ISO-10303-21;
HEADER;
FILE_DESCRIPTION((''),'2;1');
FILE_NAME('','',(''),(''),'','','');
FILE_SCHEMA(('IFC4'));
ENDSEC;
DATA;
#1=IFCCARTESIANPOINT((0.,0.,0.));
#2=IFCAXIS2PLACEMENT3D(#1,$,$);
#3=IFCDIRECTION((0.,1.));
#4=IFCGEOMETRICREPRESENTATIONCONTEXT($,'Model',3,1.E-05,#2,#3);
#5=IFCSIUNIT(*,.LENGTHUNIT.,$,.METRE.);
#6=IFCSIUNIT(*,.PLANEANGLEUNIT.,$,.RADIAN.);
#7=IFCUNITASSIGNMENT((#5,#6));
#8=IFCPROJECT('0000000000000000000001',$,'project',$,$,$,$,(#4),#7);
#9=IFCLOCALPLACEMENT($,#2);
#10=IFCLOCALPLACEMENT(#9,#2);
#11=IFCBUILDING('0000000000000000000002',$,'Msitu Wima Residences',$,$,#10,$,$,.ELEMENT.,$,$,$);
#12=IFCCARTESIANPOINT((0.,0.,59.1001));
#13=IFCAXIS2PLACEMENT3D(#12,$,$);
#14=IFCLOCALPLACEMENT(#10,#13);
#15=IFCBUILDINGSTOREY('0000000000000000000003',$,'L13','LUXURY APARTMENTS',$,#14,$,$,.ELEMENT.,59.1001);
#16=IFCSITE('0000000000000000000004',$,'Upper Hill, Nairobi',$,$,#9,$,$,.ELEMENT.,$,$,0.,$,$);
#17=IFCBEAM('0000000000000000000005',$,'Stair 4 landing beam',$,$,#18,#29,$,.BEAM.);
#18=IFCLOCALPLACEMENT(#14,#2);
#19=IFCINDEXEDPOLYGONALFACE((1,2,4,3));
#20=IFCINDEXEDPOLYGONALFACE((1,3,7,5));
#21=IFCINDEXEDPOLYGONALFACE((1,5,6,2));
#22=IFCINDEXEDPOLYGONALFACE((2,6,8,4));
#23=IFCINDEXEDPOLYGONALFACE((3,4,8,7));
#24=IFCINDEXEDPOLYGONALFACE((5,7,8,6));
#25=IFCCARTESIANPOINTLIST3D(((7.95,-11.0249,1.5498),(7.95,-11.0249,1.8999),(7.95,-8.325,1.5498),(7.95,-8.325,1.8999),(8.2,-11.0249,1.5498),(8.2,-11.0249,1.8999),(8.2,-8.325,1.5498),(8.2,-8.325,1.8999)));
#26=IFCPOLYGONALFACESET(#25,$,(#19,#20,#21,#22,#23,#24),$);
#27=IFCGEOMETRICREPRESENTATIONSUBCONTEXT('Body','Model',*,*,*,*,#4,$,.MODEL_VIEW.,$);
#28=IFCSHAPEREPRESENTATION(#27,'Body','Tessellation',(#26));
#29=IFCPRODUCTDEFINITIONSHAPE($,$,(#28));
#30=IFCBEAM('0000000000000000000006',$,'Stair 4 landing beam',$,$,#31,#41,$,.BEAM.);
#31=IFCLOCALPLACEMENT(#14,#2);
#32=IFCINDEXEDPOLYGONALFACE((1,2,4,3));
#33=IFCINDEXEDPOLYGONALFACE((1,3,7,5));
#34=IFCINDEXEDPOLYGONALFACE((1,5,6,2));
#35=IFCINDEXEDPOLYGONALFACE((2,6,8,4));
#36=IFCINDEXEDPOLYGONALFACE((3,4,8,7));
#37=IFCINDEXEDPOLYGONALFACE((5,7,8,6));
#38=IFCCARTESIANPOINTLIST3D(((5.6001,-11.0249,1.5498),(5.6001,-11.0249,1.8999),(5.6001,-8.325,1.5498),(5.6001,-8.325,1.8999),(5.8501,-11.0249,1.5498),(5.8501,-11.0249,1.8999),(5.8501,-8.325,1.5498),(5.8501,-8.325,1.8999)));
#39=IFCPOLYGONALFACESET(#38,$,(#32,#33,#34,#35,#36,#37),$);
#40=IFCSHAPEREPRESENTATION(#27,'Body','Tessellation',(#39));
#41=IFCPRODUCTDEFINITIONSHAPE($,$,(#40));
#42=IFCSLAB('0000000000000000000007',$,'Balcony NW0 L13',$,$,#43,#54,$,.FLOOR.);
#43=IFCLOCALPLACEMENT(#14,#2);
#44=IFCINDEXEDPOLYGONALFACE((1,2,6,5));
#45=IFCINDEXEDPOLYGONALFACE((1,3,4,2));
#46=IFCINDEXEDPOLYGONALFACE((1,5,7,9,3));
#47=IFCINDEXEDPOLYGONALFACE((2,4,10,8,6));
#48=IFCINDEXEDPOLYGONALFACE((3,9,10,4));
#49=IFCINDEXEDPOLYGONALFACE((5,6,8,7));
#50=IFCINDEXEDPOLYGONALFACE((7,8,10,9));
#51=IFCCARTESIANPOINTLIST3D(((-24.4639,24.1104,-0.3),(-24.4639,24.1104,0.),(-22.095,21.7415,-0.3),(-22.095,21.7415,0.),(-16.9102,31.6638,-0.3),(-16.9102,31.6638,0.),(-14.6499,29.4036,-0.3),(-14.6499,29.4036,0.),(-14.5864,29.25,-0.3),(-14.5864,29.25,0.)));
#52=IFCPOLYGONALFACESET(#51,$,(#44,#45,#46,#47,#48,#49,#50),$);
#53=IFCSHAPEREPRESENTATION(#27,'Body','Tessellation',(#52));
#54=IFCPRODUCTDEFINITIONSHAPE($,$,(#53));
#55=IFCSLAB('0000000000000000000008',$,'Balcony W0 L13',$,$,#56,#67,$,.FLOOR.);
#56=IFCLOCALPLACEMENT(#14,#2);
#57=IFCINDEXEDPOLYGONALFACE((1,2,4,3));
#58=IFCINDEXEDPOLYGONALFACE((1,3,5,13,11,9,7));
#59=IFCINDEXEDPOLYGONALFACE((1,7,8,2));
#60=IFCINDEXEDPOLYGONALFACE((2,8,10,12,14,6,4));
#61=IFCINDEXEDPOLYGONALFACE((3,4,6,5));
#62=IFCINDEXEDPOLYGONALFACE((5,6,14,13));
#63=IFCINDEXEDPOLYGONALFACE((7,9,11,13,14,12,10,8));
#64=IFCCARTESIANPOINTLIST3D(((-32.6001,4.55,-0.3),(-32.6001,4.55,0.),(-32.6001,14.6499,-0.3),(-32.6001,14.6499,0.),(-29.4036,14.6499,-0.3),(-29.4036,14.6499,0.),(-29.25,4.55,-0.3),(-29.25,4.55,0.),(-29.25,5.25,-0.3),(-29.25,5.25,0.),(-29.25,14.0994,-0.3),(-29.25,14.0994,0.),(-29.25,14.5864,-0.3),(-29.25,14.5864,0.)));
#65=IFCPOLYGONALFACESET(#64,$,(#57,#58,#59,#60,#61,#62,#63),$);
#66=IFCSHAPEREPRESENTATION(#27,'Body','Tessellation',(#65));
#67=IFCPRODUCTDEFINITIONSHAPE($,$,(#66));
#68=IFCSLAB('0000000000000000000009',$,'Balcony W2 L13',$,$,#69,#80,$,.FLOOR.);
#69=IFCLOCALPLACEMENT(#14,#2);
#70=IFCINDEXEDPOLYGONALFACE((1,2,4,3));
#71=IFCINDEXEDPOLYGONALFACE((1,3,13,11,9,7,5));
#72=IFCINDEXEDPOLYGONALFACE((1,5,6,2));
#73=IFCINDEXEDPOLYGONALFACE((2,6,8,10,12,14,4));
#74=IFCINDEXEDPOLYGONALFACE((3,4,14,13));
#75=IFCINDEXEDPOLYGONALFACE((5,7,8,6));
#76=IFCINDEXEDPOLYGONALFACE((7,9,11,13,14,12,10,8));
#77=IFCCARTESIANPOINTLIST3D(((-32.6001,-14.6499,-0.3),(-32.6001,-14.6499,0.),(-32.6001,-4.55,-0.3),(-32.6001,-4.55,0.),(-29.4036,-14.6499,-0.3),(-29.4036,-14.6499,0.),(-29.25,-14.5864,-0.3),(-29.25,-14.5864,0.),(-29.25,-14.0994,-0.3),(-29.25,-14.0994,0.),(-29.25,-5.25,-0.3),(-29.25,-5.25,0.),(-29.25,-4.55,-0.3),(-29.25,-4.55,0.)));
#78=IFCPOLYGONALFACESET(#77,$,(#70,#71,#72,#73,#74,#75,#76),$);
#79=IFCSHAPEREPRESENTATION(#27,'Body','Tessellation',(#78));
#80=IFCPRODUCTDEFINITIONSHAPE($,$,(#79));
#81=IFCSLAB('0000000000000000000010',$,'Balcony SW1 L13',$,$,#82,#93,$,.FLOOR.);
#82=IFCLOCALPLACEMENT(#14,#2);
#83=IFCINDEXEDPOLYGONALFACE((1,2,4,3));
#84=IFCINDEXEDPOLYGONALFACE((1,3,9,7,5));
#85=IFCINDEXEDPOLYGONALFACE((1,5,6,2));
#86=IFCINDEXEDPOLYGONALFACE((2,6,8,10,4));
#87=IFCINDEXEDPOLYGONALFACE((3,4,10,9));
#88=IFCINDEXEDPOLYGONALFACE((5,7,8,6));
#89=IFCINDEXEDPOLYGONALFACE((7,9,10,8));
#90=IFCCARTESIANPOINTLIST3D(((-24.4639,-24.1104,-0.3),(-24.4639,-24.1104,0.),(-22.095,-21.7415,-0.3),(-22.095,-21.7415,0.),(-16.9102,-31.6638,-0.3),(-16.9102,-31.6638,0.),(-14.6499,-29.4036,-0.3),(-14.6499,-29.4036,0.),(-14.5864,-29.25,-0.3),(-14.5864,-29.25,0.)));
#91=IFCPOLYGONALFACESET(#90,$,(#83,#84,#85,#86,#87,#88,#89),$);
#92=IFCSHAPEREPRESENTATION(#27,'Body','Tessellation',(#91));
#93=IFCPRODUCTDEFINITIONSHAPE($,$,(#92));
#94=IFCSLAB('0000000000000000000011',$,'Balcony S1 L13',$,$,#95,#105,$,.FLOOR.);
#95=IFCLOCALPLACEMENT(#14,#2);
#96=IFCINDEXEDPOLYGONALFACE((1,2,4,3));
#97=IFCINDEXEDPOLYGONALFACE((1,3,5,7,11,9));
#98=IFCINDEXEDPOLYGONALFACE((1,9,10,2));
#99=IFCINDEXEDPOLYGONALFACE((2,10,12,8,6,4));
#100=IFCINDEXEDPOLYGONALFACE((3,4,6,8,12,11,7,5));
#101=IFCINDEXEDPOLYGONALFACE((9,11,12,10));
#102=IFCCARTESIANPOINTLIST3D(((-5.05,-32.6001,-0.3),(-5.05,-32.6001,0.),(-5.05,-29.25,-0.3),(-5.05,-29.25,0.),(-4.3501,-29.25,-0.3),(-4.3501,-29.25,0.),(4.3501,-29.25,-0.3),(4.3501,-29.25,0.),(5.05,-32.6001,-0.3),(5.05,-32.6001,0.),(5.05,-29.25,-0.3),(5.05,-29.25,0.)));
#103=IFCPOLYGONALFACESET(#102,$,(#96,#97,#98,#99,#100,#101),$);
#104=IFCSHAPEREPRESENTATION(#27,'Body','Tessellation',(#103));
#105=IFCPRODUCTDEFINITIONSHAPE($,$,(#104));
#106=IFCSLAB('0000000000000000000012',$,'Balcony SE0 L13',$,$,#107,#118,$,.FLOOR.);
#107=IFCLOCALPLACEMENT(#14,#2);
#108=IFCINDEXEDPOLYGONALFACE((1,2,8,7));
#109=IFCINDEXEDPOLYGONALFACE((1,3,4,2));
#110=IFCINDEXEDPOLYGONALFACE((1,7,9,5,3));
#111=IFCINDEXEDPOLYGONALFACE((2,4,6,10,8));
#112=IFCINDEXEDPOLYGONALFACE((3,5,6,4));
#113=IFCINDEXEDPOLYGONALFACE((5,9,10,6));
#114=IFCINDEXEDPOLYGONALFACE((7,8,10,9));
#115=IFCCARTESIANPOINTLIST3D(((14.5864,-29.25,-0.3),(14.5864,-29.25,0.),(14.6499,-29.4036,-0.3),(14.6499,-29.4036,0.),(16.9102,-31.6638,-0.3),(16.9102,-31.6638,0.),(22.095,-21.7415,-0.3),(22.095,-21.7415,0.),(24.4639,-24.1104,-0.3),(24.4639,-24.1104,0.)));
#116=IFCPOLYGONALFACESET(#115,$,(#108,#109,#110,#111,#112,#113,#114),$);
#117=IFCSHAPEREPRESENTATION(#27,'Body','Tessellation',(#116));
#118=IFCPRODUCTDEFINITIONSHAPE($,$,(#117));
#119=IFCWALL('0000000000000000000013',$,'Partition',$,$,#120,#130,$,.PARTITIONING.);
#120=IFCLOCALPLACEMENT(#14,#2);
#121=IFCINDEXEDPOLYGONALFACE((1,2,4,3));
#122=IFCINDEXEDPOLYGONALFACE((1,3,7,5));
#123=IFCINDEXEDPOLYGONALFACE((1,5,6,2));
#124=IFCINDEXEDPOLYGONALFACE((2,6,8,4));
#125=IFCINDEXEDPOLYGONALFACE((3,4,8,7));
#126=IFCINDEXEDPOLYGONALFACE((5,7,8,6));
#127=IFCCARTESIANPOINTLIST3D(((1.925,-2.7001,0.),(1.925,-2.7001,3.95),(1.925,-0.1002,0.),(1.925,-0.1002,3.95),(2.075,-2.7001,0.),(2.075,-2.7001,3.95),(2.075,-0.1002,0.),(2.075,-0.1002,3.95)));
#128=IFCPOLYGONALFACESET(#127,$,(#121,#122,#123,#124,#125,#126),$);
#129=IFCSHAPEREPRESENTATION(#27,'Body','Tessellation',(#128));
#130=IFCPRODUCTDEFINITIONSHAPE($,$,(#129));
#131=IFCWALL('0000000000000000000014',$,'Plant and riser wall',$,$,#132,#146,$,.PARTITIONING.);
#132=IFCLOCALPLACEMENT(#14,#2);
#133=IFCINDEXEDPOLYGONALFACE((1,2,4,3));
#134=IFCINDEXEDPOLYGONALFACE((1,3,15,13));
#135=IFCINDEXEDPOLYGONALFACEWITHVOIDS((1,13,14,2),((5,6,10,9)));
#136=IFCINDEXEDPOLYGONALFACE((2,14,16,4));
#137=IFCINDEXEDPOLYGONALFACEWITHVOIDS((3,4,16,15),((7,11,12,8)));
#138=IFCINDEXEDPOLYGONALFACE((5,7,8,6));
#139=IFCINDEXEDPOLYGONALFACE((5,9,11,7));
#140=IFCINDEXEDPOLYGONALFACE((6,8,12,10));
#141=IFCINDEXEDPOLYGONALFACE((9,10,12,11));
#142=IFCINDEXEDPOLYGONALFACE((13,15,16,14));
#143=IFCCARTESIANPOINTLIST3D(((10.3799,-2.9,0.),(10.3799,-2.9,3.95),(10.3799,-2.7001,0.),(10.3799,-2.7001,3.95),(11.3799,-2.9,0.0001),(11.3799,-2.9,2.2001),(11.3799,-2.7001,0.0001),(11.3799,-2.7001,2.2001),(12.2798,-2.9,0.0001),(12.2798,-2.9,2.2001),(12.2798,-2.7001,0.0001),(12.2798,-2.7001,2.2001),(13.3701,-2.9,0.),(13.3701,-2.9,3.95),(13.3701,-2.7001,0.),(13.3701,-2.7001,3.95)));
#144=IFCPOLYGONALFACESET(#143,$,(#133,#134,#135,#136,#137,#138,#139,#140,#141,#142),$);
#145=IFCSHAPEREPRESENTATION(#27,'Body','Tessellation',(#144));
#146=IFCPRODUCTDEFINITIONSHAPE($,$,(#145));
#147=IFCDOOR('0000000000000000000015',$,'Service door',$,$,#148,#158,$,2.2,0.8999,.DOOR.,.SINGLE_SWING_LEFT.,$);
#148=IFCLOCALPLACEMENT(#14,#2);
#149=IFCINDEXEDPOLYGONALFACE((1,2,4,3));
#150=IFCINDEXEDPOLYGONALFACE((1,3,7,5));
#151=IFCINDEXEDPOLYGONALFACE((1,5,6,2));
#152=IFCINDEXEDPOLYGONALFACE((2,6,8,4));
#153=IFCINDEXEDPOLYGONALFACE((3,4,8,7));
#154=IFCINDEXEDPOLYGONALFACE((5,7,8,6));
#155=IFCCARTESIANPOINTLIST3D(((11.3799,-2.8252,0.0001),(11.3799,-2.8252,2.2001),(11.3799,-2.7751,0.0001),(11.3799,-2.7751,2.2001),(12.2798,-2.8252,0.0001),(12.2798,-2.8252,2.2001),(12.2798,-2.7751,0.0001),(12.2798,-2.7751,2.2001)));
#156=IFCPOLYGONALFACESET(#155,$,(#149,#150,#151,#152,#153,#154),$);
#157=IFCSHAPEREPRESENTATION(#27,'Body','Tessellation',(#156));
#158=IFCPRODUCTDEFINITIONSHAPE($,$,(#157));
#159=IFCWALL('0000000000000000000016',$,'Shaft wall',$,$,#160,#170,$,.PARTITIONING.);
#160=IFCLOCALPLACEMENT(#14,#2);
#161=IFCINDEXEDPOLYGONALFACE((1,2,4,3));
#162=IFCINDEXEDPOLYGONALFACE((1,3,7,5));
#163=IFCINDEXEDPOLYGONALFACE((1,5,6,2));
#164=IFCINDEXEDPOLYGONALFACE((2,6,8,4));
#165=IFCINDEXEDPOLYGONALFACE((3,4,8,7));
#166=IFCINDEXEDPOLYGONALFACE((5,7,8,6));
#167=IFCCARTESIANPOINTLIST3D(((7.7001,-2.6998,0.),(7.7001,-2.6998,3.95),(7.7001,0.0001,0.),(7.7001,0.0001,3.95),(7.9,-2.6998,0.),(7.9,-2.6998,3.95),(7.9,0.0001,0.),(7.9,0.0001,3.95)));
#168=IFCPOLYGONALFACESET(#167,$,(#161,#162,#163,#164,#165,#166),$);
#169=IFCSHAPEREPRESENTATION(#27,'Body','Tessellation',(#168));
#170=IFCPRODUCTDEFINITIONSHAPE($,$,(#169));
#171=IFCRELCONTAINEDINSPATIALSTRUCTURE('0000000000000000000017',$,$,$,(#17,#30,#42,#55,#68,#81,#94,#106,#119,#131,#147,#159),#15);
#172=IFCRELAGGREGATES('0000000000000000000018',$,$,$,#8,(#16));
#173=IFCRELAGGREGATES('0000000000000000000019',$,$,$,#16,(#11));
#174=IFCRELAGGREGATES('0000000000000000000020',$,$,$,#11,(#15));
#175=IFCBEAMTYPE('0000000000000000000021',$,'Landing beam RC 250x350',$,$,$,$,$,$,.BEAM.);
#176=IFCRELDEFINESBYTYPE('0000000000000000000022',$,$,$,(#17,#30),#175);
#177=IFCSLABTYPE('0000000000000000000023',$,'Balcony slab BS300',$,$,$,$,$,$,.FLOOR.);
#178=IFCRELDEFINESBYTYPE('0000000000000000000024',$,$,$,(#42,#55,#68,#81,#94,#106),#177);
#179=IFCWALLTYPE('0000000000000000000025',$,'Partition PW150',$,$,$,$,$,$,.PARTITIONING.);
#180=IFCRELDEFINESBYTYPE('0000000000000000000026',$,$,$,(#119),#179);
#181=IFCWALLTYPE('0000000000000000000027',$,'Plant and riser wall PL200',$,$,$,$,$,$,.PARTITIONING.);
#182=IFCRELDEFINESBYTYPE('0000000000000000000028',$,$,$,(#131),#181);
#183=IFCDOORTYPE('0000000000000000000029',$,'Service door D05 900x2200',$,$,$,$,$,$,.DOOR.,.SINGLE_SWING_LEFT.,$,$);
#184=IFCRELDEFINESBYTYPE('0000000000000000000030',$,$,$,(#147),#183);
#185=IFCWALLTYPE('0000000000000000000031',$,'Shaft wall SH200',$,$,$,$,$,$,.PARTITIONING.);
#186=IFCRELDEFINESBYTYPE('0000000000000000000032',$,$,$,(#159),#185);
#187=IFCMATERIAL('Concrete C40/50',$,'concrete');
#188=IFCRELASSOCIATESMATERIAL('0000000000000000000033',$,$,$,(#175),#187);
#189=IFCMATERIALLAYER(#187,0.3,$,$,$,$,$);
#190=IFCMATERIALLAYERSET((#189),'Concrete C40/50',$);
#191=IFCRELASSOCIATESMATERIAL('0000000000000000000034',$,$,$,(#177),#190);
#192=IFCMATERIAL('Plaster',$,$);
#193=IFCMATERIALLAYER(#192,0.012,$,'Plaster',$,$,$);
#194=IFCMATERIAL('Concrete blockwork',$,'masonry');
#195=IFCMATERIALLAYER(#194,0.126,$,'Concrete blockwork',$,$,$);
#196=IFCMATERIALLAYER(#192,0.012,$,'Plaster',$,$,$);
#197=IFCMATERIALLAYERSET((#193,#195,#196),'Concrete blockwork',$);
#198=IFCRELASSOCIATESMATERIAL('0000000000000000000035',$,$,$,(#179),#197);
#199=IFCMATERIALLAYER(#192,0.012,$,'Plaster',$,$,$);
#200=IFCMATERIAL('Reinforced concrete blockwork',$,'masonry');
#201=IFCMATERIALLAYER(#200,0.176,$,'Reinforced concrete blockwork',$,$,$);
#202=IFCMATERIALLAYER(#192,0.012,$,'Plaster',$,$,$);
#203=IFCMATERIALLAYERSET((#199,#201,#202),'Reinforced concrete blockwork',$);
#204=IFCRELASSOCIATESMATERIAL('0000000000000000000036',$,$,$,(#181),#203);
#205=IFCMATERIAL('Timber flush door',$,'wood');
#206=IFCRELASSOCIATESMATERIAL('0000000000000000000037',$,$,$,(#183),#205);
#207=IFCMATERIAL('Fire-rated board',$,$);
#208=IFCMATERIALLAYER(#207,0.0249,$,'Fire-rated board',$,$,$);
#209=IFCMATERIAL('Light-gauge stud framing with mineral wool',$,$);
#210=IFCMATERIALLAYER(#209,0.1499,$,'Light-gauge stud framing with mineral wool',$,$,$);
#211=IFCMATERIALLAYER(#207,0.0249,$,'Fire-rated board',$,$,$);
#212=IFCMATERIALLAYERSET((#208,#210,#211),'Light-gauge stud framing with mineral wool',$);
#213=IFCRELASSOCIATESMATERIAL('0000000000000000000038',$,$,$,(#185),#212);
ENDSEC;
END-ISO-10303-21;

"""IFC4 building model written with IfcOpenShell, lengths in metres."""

from ifc_helpers import new_model, si_unit, direction, frame, frame_2d, origin, origin_2d, place, context, subcontext, project, spatial, polyline, rectangle, outline, extrude, material, layer, layer_set, material_profile, profile_set, type_object, element, fill, save


model = new_model("IFC4")

# Units and contexts
model_context = context("Model", 3, precision=1e-05, world=origin(), true_north=direction((0.0, 1.0)))
body_context = subcontext(model_context, "Body", "Model", "MODEL_VIEW")
ifc_project = project(units=[si_unit("LENGTHUNIT", "METRE"), si_unit("PLANEANGLEUNIT", "RADIAN")], contexts=[model_context])

# Site, building, storey
site_placement = place(None, origin())
site = spatial("IfcSite", under=ifc_project, at=site_placement, Name="Upper Hill, Nairobi", CompositionType="ELEMENT", RefElevation=0.0)
building_placement = place(site_placement, origin())
building = spatial("IfcBuilding", under=site, at=building_placement, Name="Msitu Wima Residences", CompositionType="ELEMENT")
storey_placement = place(building_placement, frame((0.0, 0.0, 59.1001)))
storey = spatial("IfcBuildingStorey", under=building, at=storey_placement, Name="L13", Description="LUXURY APARTMENTS", CompositionType="ELEMENT", Elevation=59.1001)

# Beams
ifc_material_1 = material(Name="Concrete C40/50", Category="concrete")
ifc_material_profile = material_profile(ifc_material_1, rectangle(XDim=0.25, YDim=0.3501, at=origin_2d()), Name="RC 250x350")
ifc_profile_set = profile_set([ifc_material_profile], Name="Concrete C40/50")
beam_type = type_object("IfcBeamType", Name="Landing beam RC 250x350", PredefinedType="BEAM", material=ifc_profile_set)
for number, where, z_axis, x_axis, name in (
    (1, (8.075, -11.0249, 1.7249), (0.0, 1.0, 0.0), (-1.0, 0.0, 0.0), "Stair 4 landing beam"),
    (2, (5.7251, -11.0249, 1.7249), (0.0, 1.0, 0.0), (-1.0, 0.0, 0.0), "Stair 4 landing beam"),
):
    element("IfcBeam", number, at=place(storey_placement, frame(where, z_axis=z_axis, x_axis=x_axis)), inside=storey, type_object=beam_type, Name=name, PredefinedType="BEAM", context=body_context, shape_type="SweptSolid", body=[
        extrude(rectangle(XDim=0.25, YDim=0.3501, at=origin_2d()), origin(), (0.0, 0.0, 1.0), 2.7),
    ])

# Slabs
ifc_layer_1 = layer(ifc_material_1, 0.3)
ifc_layer_set_1 = layer_set([ifc_layer_1], Name="Concrete C40/50")
slab_type = type_object("IfcSlabType", Name="Balcony slab BS300", PredefinedType="FLOOR", material=ifc_layer_set_1)
slab_1_placement = place(storey_placement, frame((0.0, 0.0, -0.3)))
element("IfcSlab", 3, at=slab_1_placement, inside=storey, type_object=slab_type, Name="Balcony NW0 L13", PredefinedType="FLOOR", context=body_context, shape_type="SweptSolid", body=[
    extrude(outline(polyline([(-24.4639, 24.1104), (-16.9102, 31.6638), (-14.6499, 29.4036), (-14.5864, 29.25), (-22.095, 21.7415), (-24.4639, 24.1104)])), origin(), (0.0, 0.0, 1.0), 0.3),
])
slab_2_placement = place(storey_placement, frame((0.0, 0.0, -0.3)))
element("IfcSlab", 4, at=slab_2_placement, inside=storey, type_object=slab_type, Name="Balcony W0 L13", PredefinedType="FLOOR", context=body_context, shape_type="SweptSolid", body=[
    extrude(outline(polyline([(-29.25, 14.0994), (-29.25, 14.0994), (-29.25, 5.25), (-29.25, 4.55), (-32.6001, 4.55), (-32.6001, 14.6499), (-29.4036, 14.6499), (-29.25, 14.5864), (-29.25, 14.0994), (-29.25, 14.0994)])), origin(), (0.0, 0.0, 1.0), 0.3),
])
slab_3_placement = place(storey_placement, frame((0.0, 0.0, -0.3)))
element("IfcSlab", 5, at=slab_3_placement, inside=storey, type_object=slab_type, Name="Balcony W2 L13", PredefinedType="FLOOR", context=body_context, shape_type="SweptSolid", body=[
    extrude(outline(polyline([(-29.25, -14.0994), (-29.25, -14.0994), (-29.25, -14.0994), (-29.25, -14.5864), (-29.4036, -14.6499), (-32.6001, -14.6499), (-32.6001, -4.55), (-29.25, -4.55), (-29.25, -5.25), (-29.25, -14.0994)])), origin(), (0.0, 0.0, 1.0), 0.3),
])
slab_4_placement = place(storey_placement, frame((0.0, 0.0, -0.3)))
element("IfcSlab", 6, at=slab_4_placement, inside=storey, type_object=slab_type, Name="Balcony SW1 L13", PredefinedType="FLOOR", context=body_context, shape_type="SweptSolid", body=[
    extrude(outline(polyline([(-16.9102, -31.6638), (-24.4639, -24.1104), (-22.095, -21.7415), (-14.5864, -29.25), (-14.6499, -29.4036), (-16.9102, -31.6638)])), origin(), (0.0, 0.0, 1.0), 0.3),
])
slab_5_placement = place(storey_placement, frame((0.0, 0.0, -0.3)))
element("IfcSlab", 7, at=slab_5_placement, inside=storey, type_object=slab_type, Name="Balcony S1 L13", PredefinedType="FLOOR", context=body_context, shape_type="SweptSolid", body=[
    extrude(outline(polyline([(-4.3501, -29.25), (4.3501, -29.25), (5.05, -29.25), (5.05, -32.6001), (-5.05, -32.6001), (-5.05, -29.25), (-4.3501, -29.25)])), origin(), (0.0, 0.0, 1.0), 0.3),
])
slab_6_placement = place(storey_placement, frame((0.0, 0.0, -0.3)))
element("IfcSlab", 8, at=slab_6_placement, inside=storey, type_object=slab_type, Name="Balcony SE0 L13", PredefinedType="FLOOR", context=body_context, shape_type="SweptSolid", body=[
    extrude(outline(polyline([(24.4639, -24.1104), (16.9102, -31.6638), (14.6499, -29.4036), (14.5864, -29.25), (22.095, -21.7415), (24.4639, -24.1104)])), origin(), (0.0, 0.0, 1.0), 0.3),
])

# Wall
ifc_material_2 = material(Name="Plaster")
ifc_layer_2 = layer(ifc_material_2, 0.012, Name="Plaster")
ifc_material_3 = material(Name="Concrete blockwork", Category="masonry")
ifc_layer_3 = layer(ifc_material_3, 0.126, Name="Concrete blockwork")
ifc_layer_4 = layer(ifc_material_2, 0.012, Name="Plaster")
ifc_layer_set_2 = layer_set([ifc_layer_2, ifc_layer_3, ifc_layer_4], Name="Concrete blockwork")
wall_type_1 = type_object("IfcWallType", Name="Partition PW150", PredefinedType="PARTITIONING", material=ifc_layer_set_2)
wall_1_placement = place(storey_placement, frame((2.0, -2.7, 0.0), z_axis=(0.0, 0.0, 1.0), x_axis=(0.0, 1.0, 0.0)))
element("IfcWall", 9, at=wall_1_placement, inside=storey, type_object=wall_type_1, Name="Partition", PredefinedType="PARTITIONING", context=body_context, shape_type="SweptSolid", body=[
    extrude(rectangle(XDim=2.5999, YDim=0.1499, at=frame_2d((1.2998, 0.0))), origin(), (0.0, 0.0, 1.0), 3.95),
])

# Wall, opening, door
ifc_layer_5 = layer(ifc_material_2, 0.012, Name="Plaster")
ifc_material_4 = material(Name="Reinforced concrete blockwork", Category="masonry")
ifc_layer_6 = layer(ifc_material_4, 0.176, Name="Reinforced concrete blockwork")
ifc_layer_7 = layer(ifc_material_2, 0.012, Name="Plaster")
ifc_layer_set_3 = layer_set([ifc_layer_5, ifc_layer_6, ifc_layer_7], Name="Reinforced concrete blockwork")
wall_type_2 = type_object("IfcWallType", Name="Plant and riser wall PL200", PredefinedType="PARTITIONING", material=ifc_layer_set_3)
wall_2_placement = place(storey_placement, frame((10.3799, -2.8, 0.0), z_axis=(0.0, 0.0, 1.0), x_axis=(1.0, 0.0, 0.0)))
wall_2 = element("IfcWall", 10, at=wall_2_placement, inside=storey, type_object=wall_type_2, Name="Plant and riser wall", PredefinedType="PARTITIONING", context=body_context, shape_type="SweptSolid", body=[
    extrude(rectangle(XDim=2.9902, YDim=0.2, at=frame_2d((1.4951, 0.0))), origin(), (0.0, 0.0, 1.0), 3.95),
])
opening_placement = place(wall_2_placement, frame((1.0, 0.0, 0.0)))
opening = element("IfcOpeningElement", 11, at=opening_placement, cuts=wall_2, PredefinedType="OPENING", context=body_context, shape_type="SweptSolid", body=[
    extrude(rectangle(XDim=0.8999, YDim=2.2, at=frame_2d((0.45, 1.1001))), frame((0.0, 0.1099, 0.0), z_axis=(0.0, -1.0, 0.0), x_axis=(1.0, 0.0, 0.0)), (0.0, 0.0, 1.0), 0.22),
])
ifc_material_5 = material(Name="Timber flush door", Category="wood")
door_type = type_object("IfcDoorType", Name="Service door D05 900x2200", OperationType="SINGLE_SWING_LEFT", PredefinedType="DOOR", material=ifc_material_5)
door_placement = place(opening_placement, origin())
door = element("IfcDoor", 12, at=door_placement, inside=storey, type_object=door_type, Name="Service door", OperationType="SINGLE_SWING_LEFT", OverallHeight=2.2, OverallWidth=0.8999, PredefinedType="DOOR", context=body_context, shape_type="SweptSolid", body=[
    extrude(rectangle(XDim=0.8999, YDim=2.2, at=frame_2d((0.45, 1.1001))), frame((0.0, 0.0249, 0.0), z_axis=(0.0, -1.0, 0.0), x_axis=(1.0, 0.0, 0.0)), (0.0, 0.0, 1.0), 0.05),
])
fill(opening, door)

# Wall
ifc_material_6 = material(Name="Fire-rated board")
ifc_layer_8 = layer(ifc_material_6, 0.0249, Name="Fire-rated board")
ifc_material_7 = material(Name="Light-gauge stud framing with mineral wool")
ifc_layer_9 = layer(ifc_material_7, 0.1499, Name="Light-gauge stud framing with mineral wool")
ifc_layer_10 = layer(ifc_material_6, 0.0249, Name="Fire-rated board")
ifc_layer_set_4 = layer_set([ifc_layer_8, ifc_layer_9, ifc_layer_10], Name="Light-gauge stud framing with mineral wool")
wall_type_3 = type_object("IfcWallType", Name="Shaft wall SH200", PredefinedType="PARTITIONING", material=ifc_layer_set_4)
wall_3_placement = place(storey_placement, frame((7.8, -2.7, 0.0), z_axis=(0.0, 0.0, 1.0), x_axis=(0.0, 1.0, 0.0)))
element("IfcWall", 13, at=wall_3_placement, inside=storey, type_object=wall_type_3, Name="Shaft wall", PredefinedType="PARTITIONING", context=body_context, shape_type="SweptSolid", body=[
    extrude(rectangle(XDim=2.7, YDim=0.2, at=frame_2d((1.3501, 0.0))), origin(), (0.0, 0.0, 1.0), 3.95),
])

save(model, "model.ifc")
